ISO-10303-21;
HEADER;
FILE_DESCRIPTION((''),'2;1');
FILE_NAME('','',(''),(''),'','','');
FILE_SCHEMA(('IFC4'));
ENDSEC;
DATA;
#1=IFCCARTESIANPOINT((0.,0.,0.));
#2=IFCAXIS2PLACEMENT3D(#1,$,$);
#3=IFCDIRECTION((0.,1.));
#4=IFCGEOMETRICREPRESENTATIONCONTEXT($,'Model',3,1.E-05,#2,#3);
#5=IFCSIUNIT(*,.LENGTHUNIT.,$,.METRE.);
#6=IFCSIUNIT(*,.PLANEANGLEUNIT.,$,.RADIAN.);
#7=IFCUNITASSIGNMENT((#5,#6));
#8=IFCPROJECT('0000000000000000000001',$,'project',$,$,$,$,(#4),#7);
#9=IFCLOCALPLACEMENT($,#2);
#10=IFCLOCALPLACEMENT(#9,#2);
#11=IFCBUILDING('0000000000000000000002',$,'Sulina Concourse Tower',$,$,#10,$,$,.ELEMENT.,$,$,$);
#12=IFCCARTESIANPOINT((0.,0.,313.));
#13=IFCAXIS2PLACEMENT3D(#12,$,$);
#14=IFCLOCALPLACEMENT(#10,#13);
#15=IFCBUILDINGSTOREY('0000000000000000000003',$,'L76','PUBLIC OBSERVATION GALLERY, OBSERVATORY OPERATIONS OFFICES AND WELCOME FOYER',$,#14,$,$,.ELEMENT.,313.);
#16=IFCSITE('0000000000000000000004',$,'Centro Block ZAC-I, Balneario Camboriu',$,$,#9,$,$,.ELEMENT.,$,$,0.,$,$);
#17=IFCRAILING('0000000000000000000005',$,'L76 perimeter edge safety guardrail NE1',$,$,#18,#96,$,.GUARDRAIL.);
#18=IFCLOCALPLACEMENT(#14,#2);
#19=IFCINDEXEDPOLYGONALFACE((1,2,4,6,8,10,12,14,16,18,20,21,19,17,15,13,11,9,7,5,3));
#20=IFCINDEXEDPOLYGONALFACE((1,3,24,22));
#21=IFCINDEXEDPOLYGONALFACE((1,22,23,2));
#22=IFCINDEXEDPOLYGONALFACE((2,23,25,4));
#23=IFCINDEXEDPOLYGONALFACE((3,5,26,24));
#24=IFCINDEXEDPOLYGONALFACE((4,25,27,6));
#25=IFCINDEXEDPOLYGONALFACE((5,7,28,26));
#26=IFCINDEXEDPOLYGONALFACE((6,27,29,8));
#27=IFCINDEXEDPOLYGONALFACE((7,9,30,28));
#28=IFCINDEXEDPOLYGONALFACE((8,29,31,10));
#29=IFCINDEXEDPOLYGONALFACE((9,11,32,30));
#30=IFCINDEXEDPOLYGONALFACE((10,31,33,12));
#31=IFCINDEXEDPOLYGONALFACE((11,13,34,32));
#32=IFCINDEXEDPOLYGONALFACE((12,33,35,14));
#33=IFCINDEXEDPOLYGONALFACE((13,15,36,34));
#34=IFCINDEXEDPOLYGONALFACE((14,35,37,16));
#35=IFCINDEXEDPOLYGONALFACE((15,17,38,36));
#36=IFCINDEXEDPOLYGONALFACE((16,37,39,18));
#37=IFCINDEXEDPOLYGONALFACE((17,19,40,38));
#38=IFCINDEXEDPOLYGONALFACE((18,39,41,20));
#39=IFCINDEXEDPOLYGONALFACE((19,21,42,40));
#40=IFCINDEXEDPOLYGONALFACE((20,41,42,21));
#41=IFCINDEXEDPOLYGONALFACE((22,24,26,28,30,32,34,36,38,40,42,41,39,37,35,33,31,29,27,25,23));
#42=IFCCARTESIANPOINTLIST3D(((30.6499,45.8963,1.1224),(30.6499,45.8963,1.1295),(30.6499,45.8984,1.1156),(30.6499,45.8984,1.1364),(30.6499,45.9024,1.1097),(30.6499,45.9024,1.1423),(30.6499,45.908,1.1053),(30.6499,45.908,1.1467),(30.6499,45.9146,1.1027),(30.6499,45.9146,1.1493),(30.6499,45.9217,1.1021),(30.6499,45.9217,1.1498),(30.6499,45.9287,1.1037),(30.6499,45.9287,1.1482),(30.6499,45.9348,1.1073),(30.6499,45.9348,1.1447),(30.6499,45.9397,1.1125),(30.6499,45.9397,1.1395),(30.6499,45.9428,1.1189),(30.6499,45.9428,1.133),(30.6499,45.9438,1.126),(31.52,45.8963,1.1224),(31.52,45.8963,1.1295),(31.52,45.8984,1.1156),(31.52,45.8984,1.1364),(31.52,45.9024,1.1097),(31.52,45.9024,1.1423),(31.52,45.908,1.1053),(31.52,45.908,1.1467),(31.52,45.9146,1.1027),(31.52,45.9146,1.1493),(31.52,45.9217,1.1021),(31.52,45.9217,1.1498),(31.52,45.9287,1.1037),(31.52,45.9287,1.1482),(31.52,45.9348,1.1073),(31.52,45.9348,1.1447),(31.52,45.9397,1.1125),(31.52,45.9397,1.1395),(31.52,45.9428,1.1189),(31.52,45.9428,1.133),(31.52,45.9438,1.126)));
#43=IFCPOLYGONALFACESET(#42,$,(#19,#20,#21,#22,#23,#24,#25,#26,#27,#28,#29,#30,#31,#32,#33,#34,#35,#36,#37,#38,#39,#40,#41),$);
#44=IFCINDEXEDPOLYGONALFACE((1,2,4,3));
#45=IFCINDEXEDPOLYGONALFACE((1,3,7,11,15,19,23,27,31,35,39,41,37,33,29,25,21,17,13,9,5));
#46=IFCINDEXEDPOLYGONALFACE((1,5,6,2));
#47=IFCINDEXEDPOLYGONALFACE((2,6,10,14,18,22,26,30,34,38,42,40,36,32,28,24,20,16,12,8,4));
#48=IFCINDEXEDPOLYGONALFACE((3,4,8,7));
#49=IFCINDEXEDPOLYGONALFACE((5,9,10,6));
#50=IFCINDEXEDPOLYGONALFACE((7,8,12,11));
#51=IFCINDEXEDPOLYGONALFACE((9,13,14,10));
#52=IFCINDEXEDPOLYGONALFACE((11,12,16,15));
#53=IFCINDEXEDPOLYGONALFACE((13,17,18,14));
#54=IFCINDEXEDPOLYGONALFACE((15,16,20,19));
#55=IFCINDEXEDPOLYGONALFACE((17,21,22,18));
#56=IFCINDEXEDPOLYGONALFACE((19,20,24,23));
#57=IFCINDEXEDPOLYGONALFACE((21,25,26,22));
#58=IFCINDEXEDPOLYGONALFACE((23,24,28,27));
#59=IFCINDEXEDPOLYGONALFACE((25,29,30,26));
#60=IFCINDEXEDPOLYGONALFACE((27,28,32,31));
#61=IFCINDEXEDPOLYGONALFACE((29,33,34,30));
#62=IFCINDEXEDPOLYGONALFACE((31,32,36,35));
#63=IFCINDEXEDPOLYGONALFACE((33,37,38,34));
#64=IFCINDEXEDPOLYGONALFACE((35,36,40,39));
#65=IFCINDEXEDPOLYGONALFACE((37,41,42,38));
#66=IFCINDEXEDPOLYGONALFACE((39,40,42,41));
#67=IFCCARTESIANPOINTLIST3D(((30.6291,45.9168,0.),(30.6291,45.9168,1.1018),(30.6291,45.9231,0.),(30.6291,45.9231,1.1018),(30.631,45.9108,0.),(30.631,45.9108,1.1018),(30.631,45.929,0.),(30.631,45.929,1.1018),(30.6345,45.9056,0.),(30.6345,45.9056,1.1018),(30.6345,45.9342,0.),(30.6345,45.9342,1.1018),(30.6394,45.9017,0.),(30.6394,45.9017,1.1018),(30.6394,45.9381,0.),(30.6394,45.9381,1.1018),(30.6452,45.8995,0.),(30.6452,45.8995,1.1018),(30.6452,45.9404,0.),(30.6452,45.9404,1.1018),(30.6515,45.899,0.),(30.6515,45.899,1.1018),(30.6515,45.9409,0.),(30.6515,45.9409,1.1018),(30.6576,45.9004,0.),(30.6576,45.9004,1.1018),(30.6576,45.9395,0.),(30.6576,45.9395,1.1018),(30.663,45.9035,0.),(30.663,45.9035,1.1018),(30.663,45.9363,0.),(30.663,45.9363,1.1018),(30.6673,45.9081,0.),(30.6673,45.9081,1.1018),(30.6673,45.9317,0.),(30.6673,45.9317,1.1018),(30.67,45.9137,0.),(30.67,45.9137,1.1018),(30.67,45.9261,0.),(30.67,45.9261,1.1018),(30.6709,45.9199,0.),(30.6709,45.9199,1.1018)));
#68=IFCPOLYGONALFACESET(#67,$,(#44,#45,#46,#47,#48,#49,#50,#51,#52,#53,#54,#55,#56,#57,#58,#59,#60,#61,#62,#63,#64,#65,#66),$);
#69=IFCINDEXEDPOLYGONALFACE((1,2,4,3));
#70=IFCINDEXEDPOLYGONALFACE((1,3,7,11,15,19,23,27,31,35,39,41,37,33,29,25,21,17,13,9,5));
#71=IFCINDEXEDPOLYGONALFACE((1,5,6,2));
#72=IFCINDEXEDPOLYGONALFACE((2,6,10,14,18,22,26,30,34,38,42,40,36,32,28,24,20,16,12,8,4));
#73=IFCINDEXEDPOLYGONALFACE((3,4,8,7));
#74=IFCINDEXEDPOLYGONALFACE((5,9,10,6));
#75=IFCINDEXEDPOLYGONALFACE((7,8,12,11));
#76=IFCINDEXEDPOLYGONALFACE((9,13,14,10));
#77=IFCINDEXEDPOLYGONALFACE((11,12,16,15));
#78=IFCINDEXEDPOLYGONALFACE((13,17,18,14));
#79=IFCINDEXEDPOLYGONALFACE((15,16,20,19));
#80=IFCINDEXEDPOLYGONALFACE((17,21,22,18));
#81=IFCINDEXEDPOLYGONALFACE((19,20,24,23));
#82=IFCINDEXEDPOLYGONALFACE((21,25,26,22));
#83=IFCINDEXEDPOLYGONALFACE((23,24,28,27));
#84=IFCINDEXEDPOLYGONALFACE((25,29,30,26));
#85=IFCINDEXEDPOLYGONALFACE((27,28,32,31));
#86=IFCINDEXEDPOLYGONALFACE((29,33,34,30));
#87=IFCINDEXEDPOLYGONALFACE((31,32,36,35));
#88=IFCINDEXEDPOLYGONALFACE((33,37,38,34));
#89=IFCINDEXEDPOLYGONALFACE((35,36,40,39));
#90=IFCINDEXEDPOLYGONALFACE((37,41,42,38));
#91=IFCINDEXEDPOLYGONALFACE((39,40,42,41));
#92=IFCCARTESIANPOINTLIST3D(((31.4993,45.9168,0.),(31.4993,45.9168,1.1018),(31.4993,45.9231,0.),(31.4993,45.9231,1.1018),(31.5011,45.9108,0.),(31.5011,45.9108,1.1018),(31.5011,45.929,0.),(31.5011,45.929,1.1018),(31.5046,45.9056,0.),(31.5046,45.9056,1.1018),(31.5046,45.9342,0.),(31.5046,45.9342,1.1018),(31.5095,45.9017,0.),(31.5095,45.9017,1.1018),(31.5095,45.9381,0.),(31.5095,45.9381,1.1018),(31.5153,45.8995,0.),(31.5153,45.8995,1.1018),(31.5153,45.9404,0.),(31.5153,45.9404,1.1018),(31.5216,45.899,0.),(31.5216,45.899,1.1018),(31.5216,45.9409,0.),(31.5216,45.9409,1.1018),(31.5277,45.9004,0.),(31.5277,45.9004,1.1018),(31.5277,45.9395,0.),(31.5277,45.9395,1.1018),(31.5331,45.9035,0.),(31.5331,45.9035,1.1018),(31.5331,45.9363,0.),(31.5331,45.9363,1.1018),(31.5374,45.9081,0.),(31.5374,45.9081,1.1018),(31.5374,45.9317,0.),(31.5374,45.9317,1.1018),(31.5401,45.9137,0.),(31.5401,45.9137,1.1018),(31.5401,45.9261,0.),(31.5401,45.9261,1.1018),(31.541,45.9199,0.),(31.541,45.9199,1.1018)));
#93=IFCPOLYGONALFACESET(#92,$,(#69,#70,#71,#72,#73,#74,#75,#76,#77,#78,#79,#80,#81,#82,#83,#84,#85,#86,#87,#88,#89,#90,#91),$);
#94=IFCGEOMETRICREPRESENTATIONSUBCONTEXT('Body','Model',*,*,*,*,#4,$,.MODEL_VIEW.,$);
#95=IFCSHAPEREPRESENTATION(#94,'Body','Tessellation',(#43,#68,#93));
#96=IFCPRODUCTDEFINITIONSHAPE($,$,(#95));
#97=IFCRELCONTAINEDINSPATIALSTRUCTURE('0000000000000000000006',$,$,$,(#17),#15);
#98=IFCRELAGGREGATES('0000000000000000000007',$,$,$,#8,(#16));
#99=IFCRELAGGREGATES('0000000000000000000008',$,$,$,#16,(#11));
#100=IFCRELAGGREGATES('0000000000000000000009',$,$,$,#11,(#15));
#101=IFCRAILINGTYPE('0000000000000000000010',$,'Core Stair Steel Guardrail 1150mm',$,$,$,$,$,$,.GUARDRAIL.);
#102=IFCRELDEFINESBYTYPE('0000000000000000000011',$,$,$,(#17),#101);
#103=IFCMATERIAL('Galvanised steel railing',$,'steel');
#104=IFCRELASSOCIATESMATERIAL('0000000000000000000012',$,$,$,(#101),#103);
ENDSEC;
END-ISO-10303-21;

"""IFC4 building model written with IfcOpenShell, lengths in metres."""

from ifc_helpers import new_model, si_unit, direction, frame, origin, origin_2d, place, context, subcontext, project, spatial, circle, extrude, material, type_object, element, save


model = new_model("IFC4")

# Units and contexts
model_context = context("Model", 3, precision=1e-05, world=origin(), true_north=direction((0.0, 1.0)))
body_context = subcontext(model_context, "Body", "Model", "MODEL_VIEW")
ifc_project = project(units=[si_unit("LENGTHUNIT", "METRE"), si_unit("PLANEANGLEUNIT", "RADIAN")], contexts=[model_context])

# Site, building, storey
site_placement = place(None, origin())
site = spatial("IfcSite", under=ifc_project, at=site_placement, Name="Centro Block ZAC-I, Balneario Camboriu", CompositionType="ELEMENT", RefElevation=0.0)
building_placement = place(site_placement, origin())
building = spatial("IfcBuilding", under=site, at=building_placement, Name="Sulina Concourse Tower", CompositionType="ELEMENT")
storey_placement = place(building_placement, frame((0.0, 0.0, 313.0)))
storey = spatial("IfcBuildingStorey", under=building, at=storey_placement, Name="L76", Description="PUBLIC OBSERVATION GALLERY, OBSERVATORY OPERATIONS OFFICES AND WELCOME FOYER", CompositionType="ELEMENT", Elevation=313.0)

# Railing
ifc_material_1 = material(Name="Galvanised steel railing", Category="steel")
railing_type = type_object("IfcRailingType", Name="Core Stair Steel Guardrail 1150mm", PredefinedType="GUARDRAIL", material=ifc_material_1)
railing_1_placement = place(storey_placement, frame((30.6499, 45.9199, 0.0)))
element("IfcRailing", 1, at=railing_1_placement, inside=storey, type_object=railing_type, Name="L76 perimeter edge safety guardrail NE1", PredefinedType="GUARDRAIL", context=body_context, shape_type="SweptSolid", body=[
    extrude(circle(Radius=0.0239, at=origin_2d()), frame((0.0, 0.0, 1.126), z_axis=(1.0, 0.0, 0.0), x_axis=(0.0, 1.0, 0.0)), (0.0, 0.0, 1.0), 0.8701),
    extrude(circle(Radius=0.021, at=origin_2d()), origin(), (0.0, 0.0, 1.0), 1.1018),
    extrude(circle(Radius=0.021, at=origin_2d()), frame((0.8701, 0.0, 0.0)), (0.0, 0.0, 1.0), 1.1018),
])

save(model, "model.ifc")
